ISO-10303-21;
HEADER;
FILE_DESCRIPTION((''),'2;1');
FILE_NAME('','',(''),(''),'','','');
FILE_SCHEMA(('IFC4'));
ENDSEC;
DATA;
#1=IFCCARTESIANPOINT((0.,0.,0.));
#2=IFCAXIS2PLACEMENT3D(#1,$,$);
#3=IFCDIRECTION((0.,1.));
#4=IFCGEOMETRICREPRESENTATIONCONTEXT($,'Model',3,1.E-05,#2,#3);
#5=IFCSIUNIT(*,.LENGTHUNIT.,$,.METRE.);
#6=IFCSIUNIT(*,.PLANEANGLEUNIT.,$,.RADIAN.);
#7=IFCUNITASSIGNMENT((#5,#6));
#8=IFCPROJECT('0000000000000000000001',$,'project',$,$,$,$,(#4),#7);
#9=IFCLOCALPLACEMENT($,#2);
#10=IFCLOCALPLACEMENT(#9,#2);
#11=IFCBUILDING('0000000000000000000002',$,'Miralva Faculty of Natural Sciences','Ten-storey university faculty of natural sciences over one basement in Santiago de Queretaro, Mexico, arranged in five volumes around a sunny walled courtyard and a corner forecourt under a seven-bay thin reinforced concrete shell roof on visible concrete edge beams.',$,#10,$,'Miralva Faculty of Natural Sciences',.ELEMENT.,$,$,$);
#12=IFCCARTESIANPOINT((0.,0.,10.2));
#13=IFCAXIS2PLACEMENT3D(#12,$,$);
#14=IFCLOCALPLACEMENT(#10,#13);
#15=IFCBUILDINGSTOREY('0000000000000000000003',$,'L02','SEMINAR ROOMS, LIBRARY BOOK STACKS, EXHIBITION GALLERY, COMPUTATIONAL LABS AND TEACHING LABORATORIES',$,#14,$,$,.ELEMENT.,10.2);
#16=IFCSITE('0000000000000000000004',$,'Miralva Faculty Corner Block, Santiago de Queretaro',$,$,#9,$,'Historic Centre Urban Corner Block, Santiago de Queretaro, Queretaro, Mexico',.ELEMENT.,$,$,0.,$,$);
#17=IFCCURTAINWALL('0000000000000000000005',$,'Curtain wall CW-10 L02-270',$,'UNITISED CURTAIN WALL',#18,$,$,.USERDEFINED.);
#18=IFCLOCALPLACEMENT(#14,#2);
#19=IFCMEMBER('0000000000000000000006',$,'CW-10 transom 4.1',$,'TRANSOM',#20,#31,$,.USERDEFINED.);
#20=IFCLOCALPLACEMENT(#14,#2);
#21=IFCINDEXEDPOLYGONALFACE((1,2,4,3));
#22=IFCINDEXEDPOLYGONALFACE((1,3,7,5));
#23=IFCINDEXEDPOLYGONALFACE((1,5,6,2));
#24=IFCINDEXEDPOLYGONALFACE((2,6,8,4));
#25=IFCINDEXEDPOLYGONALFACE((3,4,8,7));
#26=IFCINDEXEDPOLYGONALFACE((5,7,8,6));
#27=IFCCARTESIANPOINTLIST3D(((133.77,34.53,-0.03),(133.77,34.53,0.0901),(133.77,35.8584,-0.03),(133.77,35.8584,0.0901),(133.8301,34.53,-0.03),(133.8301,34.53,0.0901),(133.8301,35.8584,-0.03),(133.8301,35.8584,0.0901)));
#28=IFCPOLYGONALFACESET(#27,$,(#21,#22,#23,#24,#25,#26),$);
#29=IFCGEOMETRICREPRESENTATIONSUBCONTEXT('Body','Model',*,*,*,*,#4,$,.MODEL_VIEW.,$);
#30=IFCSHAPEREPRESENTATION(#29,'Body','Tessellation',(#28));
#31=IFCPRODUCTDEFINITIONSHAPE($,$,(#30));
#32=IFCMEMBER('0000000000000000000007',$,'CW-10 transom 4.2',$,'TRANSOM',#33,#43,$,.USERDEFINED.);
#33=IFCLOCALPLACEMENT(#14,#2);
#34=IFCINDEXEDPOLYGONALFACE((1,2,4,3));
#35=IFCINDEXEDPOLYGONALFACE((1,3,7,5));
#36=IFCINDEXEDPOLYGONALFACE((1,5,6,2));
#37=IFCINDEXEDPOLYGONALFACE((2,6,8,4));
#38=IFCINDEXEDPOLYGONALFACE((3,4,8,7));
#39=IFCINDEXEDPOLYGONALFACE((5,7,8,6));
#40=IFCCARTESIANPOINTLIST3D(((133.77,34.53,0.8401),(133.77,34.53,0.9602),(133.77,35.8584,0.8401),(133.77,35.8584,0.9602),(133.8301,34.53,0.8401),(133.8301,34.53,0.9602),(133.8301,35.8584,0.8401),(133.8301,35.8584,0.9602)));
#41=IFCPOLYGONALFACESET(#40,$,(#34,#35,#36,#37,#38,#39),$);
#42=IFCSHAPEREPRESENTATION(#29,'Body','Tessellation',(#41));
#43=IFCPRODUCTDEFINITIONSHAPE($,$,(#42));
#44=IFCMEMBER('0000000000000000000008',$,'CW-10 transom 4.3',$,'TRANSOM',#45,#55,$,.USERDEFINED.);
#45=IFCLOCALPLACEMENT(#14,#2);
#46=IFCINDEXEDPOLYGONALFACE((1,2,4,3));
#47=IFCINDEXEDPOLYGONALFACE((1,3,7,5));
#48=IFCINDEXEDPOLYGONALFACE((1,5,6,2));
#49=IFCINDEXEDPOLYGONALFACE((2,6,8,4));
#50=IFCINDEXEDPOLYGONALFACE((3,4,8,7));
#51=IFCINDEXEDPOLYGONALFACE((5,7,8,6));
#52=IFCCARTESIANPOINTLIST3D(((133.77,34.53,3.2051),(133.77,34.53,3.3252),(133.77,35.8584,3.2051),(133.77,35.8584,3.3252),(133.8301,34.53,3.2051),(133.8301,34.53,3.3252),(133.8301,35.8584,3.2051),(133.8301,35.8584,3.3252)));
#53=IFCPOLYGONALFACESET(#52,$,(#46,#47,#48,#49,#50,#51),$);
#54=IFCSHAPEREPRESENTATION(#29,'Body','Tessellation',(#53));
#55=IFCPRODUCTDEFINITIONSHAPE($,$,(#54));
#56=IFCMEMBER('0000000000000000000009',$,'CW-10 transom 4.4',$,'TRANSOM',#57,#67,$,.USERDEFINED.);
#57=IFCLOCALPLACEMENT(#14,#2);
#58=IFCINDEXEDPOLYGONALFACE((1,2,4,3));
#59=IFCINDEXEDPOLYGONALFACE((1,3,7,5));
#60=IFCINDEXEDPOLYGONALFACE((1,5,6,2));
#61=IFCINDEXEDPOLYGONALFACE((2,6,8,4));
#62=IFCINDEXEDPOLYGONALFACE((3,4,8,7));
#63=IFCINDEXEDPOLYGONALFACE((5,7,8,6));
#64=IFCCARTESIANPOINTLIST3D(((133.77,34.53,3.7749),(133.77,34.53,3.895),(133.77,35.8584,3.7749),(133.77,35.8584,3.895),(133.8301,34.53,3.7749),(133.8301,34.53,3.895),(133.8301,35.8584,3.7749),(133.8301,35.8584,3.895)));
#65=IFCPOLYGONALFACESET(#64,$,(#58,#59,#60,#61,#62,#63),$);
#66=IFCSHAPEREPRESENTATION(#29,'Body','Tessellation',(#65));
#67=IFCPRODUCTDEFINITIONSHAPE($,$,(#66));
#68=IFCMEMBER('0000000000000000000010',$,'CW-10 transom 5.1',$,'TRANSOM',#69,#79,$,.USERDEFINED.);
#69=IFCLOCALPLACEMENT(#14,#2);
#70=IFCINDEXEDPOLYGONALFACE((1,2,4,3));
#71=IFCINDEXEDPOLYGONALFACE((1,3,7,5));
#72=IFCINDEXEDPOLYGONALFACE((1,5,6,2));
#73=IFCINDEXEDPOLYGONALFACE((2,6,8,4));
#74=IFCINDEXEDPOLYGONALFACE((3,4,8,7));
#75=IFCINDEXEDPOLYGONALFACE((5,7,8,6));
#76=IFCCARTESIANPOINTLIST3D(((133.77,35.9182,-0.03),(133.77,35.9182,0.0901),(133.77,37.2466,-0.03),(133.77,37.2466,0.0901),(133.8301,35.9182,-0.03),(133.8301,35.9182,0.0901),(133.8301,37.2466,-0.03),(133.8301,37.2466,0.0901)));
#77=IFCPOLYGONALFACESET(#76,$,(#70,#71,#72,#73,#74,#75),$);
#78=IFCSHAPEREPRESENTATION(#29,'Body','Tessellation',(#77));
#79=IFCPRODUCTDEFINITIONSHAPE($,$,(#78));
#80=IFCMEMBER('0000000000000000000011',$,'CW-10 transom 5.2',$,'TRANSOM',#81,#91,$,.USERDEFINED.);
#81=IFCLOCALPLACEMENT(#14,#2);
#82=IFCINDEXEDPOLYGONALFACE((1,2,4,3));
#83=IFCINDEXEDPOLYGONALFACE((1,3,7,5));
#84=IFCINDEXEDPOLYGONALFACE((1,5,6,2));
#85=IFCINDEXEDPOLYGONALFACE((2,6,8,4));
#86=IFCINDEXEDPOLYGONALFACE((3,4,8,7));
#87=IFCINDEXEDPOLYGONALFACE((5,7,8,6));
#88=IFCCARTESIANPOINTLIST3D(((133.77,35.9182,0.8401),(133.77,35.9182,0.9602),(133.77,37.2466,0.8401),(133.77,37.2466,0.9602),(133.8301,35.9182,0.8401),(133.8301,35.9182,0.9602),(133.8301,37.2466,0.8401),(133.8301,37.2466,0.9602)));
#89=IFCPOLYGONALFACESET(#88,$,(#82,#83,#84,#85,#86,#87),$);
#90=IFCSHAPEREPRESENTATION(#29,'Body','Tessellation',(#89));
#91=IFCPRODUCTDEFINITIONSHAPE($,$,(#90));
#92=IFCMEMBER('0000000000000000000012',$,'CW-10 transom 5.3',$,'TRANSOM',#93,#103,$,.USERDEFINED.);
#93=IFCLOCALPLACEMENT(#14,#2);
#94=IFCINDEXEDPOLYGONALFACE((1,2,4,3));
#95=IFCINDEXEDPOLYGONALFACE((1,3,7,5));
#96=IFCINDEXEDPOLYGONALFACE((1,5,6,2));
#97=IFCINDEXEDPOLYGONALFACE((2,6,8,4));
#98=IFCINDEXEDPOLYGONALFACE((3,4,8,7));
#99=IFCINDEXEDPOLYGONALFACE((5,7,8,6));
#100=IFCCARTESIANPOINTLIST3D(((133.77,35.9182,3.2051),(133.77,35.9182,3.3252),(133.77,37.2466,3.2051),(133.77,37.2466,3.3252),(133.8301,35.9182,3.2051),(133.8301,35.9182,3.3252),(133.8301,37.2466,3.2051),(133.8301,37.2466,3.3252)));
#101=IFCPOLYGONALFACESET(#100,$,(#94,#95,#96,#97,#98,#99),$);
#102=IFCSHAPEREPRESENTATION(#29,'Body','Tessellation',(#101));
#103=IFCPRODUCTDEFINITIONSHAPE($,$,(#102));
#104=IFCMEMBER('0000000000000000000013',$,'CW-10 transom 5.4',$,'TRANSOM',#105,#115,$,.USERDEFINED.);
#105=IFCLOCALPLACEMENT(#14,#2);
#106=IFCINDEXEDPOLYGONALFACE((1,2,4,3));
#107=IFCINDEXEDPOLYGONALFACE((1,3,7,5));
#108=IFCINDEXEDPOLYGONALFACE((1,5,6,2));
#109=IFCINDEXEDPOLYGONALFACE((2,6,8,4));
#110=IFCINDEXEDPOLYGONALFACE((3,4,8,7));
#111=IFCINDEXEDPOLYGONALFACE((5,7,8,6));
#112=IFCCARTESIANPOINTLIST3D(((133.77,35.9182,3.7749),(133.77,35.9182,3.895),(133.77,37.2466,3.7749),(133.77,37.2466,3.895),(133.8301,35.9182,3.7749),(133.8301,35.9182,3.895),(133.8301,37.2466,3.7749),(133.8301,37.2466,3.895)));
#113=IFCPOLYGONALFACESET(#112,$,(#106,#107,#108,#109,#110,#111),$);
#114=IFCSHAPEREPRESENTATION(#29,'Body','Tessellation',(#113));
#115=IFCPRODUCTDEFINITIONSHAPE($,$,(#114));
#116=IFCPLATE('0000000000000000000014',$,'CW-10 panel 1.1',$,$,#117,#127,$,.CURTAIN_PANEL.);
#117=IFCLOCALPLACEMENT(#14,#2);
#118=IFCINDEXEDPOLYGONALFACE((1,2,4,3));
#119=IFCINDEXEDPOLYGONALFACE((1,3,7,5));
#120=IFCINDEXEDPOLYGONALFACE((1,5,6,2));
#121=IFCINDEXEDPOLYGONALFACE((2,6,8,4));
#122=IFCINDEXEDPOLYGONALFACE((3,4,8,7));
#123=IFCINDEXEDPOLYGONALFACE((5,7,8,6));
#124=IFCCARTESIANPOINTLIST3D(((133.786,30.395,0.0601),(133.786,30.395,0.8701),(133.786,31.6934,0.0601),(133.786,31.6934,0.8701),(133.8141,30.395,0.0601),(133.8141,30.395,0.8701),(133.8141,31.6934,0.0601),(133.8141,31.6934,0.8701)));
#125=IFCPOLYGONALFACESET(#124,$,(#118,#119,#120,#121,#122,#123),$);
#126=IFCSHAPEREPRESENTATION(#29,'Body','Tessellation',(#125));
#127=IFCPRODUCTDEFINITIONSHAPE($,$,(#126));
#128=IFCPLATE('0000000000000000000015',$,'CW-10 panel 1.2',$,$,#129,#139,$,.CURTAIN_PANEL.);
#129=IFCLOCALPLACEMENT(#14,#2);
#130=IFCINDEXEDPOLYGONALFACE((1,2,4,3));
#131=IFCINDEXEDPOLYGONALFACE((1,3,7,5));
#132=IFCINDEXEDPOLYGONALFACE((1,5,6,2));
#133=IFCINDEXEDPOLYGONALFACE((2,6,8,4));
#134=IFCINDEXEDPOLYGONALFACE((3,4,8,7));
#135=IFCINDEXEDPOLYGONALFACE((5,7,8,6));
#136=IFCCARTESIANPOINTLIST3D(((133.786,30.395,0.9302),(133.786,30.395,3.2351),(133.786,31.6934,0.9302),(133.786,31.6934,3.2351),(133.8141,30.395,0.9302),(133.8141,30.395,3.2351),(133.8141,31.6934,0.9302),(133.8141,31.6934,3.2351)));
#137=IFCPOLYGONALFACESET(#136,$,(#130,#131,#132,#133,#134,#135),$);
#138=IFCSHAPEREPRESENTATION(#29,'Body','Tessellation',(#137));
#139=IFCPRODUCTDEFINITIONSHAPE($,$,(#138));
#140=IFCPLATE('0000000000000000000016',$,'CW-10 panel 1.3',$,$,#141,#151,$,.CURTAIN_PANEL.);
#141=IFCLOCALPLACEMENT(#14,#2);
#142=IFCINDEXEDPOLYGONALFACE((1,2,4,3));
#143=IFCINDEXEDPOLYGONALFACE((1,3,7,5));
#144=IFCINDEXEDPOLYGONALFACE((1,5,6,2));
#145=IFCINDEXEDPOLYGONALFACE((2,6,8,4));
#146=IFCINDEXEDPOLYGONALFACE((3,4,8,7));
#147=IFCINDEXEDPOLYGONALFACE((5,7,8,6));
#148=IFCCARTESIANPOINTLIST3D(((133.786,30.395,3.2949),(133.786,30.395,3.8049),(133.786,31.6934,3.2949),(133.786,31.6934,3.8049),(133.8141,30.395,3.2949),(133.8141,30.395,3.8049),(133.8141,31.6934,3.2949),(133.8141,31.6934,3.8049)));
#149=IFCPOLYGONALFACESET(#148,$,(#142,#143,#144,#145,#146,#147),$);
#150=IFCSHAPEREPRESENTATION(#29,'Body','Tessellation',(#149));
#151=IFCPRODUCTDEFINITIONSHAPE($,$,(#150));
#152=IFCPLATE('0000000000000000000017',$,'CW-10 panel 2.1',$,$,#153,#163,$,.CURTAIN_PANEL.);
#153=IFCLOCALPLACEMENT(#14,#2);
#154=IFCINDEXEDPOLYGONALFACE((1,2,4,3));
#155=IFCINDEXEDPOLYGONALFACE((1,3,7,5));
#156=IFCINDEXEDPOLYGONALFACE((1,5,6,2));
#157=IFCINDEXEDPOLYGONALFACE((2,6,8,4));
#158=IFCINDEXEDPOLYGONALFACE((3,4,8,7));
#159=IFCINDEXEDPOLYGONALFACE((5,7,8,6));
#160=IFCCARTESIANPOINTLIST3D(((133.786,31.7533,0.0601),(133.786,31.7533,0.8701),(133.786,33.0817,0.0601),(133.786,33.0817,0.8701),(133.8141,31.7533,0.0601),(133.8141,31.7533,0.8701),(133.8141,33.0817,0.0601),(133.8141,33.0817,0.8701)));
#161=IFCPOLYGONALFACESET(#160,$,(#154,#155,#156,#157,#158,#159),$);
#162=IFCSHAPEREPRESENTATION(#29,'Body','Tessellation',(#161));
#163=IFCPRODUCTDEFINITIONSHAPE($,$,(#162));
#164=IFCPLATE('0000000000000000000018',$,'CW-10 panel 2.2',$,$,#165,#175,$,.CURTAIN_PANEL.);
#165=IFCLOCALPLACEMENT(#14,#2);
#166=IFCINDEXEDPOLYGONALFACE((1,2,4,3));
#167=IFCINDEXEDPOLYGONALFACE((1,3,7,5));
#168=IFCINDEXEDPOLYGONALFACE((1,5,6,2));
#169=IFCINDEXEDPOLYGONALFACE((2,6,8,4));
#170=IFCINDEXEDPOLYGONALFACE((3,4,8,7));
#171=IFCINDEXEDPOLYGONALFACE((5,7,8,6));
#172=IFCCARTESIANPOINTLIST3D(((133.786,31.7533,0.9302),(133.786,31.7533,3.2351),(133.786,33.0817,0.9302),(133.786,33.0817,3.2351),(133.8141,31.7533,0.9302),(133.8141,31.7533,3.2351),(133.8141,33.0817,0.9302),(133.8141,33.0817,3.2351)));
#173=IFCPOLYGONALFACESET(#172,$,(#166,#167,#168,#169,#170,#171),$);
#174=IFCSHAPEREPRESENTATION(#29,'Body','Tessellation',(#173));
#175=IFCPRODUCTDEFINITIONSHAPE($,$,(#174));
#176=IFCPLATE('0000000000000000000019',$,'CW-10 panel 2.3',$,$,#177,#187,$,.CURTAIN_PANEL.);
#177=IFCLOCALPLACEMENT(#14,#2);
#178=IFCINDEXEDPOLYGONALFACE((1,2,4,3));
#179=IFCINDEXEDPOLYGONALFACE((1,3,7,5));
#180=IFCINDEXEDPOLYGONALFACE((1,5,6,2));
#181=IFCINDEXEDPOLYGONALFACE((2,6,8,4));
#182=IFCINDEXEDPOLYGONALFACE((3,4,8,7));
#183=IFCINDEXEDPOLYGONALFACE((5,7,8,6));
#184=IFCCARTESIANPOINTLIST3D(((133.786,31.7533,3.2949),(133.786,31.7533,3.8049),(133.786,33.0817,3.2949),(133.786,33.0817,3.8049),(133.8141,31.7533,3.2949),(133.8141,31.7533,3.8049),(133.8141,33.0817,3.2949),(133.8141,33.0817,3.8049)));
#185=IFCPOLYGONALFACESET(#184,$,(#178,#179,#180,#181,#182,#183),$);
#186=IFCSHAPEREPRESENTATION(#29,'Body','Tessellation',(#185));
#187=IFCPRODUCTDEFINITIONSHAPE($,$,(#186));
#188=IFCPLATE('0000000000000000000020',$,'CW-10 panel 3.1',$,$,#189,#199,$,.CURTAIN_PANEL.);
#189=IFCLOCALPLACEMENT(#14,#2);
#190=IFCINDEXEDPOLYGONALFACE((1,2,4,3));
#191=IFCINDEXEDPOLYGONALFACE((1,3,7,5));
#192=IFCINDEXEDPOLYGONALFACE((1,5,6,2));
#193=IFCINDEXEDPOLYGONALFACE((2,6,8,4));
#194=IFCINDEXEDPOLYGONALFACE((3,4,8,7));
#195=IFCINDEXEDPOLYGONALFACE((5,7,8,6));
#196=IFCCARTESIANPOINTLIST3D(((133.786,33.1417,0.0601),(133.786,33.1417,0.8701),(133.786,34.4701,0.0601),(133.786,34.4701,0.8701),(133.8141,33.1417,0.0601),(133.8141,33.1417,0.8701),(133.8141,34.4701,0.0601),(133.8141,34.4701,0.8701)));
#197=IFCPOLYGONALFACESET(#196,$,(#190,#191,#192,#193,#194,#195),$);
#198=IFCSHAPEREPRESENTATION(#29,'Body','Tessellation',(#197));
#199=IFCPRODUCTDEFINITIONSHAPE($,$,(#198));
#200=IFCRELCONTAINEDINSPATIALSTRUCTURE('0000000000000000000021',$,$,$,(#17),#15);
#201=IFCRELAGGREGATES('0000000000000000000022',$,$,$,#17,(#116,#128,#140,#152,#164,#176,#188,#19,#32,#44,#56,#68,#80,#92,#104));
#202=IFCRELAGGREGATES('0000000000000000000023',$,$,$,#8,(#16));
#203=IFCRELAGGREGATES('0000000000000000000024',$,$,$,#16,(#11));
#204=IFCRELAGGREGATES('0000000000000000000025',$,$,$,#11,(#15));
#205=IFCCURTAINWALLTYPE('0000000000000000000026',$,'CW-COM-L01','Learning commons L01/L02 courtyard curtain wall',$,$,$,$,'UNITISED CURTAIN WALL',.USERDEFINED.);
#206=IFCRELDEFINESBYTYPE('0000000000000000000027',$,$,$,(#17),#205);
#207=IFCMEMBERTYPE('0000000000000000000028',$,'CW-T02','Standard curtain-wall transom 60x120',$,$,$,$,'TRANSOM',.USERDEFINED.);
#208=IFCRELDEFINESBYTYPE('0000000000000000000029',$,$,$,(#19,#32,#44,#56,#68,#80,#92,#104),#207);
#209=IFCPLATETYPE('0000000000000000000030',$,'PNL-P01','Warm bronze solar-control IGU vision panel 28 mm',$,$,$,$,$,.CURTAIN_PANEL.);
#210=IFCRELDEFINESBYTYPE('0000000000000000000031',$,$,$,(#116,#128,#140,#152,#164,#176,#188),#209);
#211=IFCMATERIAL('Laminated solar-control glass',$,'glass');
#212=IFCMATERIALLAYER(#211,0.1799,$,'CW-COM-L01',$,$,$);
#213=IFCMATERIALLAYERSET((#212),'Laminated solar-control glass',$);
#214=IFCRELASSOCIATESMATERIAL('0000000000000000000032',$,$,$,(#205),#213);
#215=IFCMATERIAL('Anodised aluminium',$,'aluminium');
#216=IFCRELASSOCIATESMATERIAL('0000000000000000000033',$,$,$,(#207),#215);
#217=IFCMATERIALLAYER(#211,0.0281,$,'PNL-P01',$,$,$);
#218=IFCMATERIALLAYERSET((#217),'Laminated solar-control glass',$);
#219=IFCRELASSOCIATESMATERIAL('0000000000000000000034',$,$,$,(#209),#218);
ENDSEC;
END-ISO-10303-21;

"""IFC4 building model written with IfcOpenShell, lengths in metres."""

from ifc_helpers import new_model, si_unit, direction, frame, origin, origin_2d, place, context, subcontext, project, spatial, rectangle, extrude, material, layer, layer_set, material_profile, profile_set, type_object, element, aggregate, save


model = new_model("IFC4")

# Units and contexts
model_context = context("Model", 3, precision=1e-05, world=origin(), true_north=direction((0.0, 1.0)))
body_context = subcontext(model_context, "Body", "Model", "MODEL_VIEW")
ifc_project = project(units=[si_unit("LENGTHUNIT", "METRE"), si_unit("PLANEANGLEUNIT", "RADIAN")], contexts=[model_context])

# Site, building, storey
site_placement = place(None, origin())
site = spatial("IfcSite", under=ifc_project, at=site_placement, Name="Miralva Faculty Corner Block, Santiago de Queretaro", LongName="Historic Centre Urban Corner Block, Santiago de Queretaro, Queretaro, Mexico", CompositionType="ELEMENT", RefElevation=0.0)
building_placement = place(site_placement, origin())
building = spatial("IfcBuilding", under=site, at=building_placement, Name="Miralva Faculty of Natural Sciences", Description="Ten-storey university faculty of natural sciences over one basement in Santiago de Queretaro, Mexico, arranged in five volumes around a sunny walled courtyard and a corner forecourt under a seven-bay thin reinforced concrete shell roof on visible concrete edge beams.", LongName="Miralva Faculty of Natural Sciences", CompositionType="ELEMENT")
storey_placement = place(building_placement, frame((0.0, 0.0, 10.2)))
storey = spatial("IfcBuildingStorey", under=building, at=storey_placement, Name="L02", Description="SEMINAR ROOMS, LIBRARY BOOK STACKS, EXHIBITION GALLERY, COMPUTATIONAL LABS AND TEACHING LABORATORIES", CompositionType="ELEMENT", Elevation=10.2)

# Curtain wall, members, plates
ifc_material_1 = material(Name="Laminated solar-control glass", Category="glass")
ifc_layer_1 = layer(ifc_material_1, 0.1799, Name="CW-COM-L01")
ifc_layer_set_1 = layer_set([ifc_layer_1], Name="Laminated solar-control glass")
curtain_wall_type = type_object("IfcCurtainWallType", Name="CW-COM-L01", Description="Learning commons L01/L02 courtyard curtain wall", ElementType="UNITISED CURTAIN WALL", PredefinedType="USERDEFINED", material=ifc_layer_set_1)
curtain_wall_placement = place(storey_placement, origin())
curtain_wall = element("IfcCurtainWall", 1, at=curtain_wall_placement, inside=storey, type_object=curtain_wall_type, Name="Curtain wall CW-10 L02-270", ObjectType="UNITISED CURTAIN WALL", PredefinedType="USERDEFINED")
ifc_material_2 = material(Name="Anodised aluminium", Category="aluminium")
ifc_material_profile_1 = material_profile(ifc_material_2, rectangle(XDim=0.0601, YDim=0.1201, at=origin_2d()), Name="TRANSOM 60x120")
ifc_profile_set_1 = profile_set([ifc_material_profile_1], Name="Anodised aluminium")
member_type_1 = type_object("IfcMemberType", Name="CW-T02", Description="Standard curtain-wall transom 60x120", ElementType="TRANSOM", PredefinedType="USERDEFINED", material=ifc_profile_set_1)
member_1_placement = place(storey_placement, frame((133.8, 34.53, 0.03), z_axis=(0.0, 1.0, 0.0), x_axis=(-1.0, 0.0, 0.0)))
member_1 = element("IfcMember", 2, at=member_1_placement, type_object=member_type_1, Name="CW-10 transom 4.1", ObjectType="TRANSOM", PredefinedType="USERDEFINED", context=body_context, shape_type="SweptSolid", body=[
    extrude(rectangle(XDim=0.0601, YDim=0.1201, at=origin_2d()), origin(), (0.0, 0.0, 1.0), 1.3284),
])
member_2_placement = place(storey_placement, frame((133.8, 34.53, 0.9001), z_axis=(0.0, 1.0, 0.0), x_axis=(-1.0, 0.0, 0.0)))
member_2 = element("IfcMember", 3, at=member_2_placement, type_object=member_type_1, Name="CW-10 transom 4.2", ObjectType="TRANSOM", PredefinedType="USERDEFINED", context=body_context, shape_type="SweptSolid", body=[
    extrude(rectangle(XDim=0.0601, YDim=0.1201, at=origin_2d()), origin(), (0.0, 0.0, 1.0), 1.3284),
])
member_3_placement = place(storey_placement, frame((133.8, 34.53, 3.2651), z_axis=(0.0, 1.0, 0.0), x_axis=(-1.0, 0.0, 0.0)))
member_3 = element("IfcMember", 4, at=member_3_placement, type_object=member_type_1, Name="CW-10 transom 4.3", ObjectType="TRANSOM", PredefinedType="USERDEFINED", context=body_context, shape_type="SweptSolid", body=[
    extrude(rectangle(XDim=0.0601, YDim=0.1201, at=origin_2d()), origin(), (0.0, 0.0, 1.0), 1.3284),
])
member_4_placement = place(storey_placement, frame((133.8, 34.53, 3.835), z_axis=(0.0, 1.0, 0.0), x_axis=(-1.0, 0.0, 0.0)))
member_4 = element("IfcMember", 5, at=member_4_placement, type_object=member_type_1, Name="CW-10 transom 4.4", ObjectType="TRANSOM", PredefinedType="USERDEFINED", context=body_context, shape_type="SweptSolid", body=[
    extrude(rectangle(XDim=0.0601, YDim=0.1201, at=origin_2d()), origin(), (0.0, 0.0, 1.0), 1.3284),
])
member_5_placement = place(storey_placement, frame((133.8, 35.9182, 0.03), z_axis=(0.0, 1.0, 0.0), x_axis=(-1.0, 0.0, 0.0)))
member_5 = element("IfcMember", 6, at=member_5_placement, type_object=member_type_1, Name="CW-10 transom 5.1", ObjectType="TRANSOM", PredefinedType="USERDEFINED", context=body_context, shape_type="SweptSolid", body=[
    extrude(rectangle(XDim=0.0601, YDim=0.1201, at=origin_2d()), origin(), (0.0, 0.0, 1.0), 1.3284),
])
member_6_placement = place(storey_placement, frame((133.8, 35.9182, 0.9001), z_axis=(0.0, 1.0, 0.0), x_axis=(-1.0, 0.0, 0.0)))
member_6 = element("IfcMember", 7, at=member_6_placement, type_object=member_type_1, Name="CW-10 transom 5.2", ObjectType="TRANSOM", PredefinedType="USERDEFINED", context=body_context, shape_type="SweptSolid", body=[
    extrude(rectangle(XDim=0.0601, YDim=0.1201, at=origin_2d()), origin(), (0.0, 0.0, 1.0), 1.3284),
])
member_7_placement = place(storey_placement, frame((133.8, 35.9182, 3.2651), z_axis=(0.0, 1.0, 0.0), x_axis=(-1.0, 0.0, 0.0)))
member_7 = element("IfcMember", 8, at=member_7_placement, type_object=member_type_1, Name="CW-10 transom 5.3", ObjectType="TRANSOM", PredefinedType="USERDEFINED", context=body_context, shape_type="SweptSolid", body=[
    extrude(rectangle(XDim=0.0601, YDim=0.1201, at=origin_2d()), origin(), (0.0, 0.0, 1.0), 1.3284),
])
member_8_placement = place(storey_placement, frame((133.8, 35.9182, 3.835), z_axis=(0.0, 1.0, 0.0), x_axis=(-1.0, 0.0, 0.0)))
member_8 = element("IfcMember", 9, at=member_8_placement, type_object=member_type_1, Name="CW-10 transom 5.4", ObjectType="TRANSOM", PredefinedType="USERDEFINED", context=body_context, shape_type="SweptSolid", body=[
    extrude(rectangle(XDim=0.0601, YDim=0.1201, at=origin_2d()), origin(), (0.0, 0.0, 1.0), 1.3284),
])
ifc_layer_2 = layer(ifc_material_1, 0.0281, Name="PNL-P01")
ifc_layer_set_2 = layer_set([ifc_layer_2], Name="Laminated solar-control glass")
plate_type = type_object("IfcPlateType", Name="PNL-P01", Description="Warm bronze solar-control IGU vision panel 28 mm", PredefinedType="CURTAIN_PANEL", material=ifc_layer_set_2)
plate_1_placement = place(storey_placement, frame((133.8, 31.0442, 0.0601), z_axis=(0.0, 0.0, 1.0), x_axis=(0.0, 1.0, 0.0)))
plate_1 = element("IfcPlate", 10, at=plate_1_placement, type_object=plate_type, Name="CW-10 panel 1.1", PredefinedType="CURTAIN_PANEL", context=body_context, shape_type="SweptSolid", body=[
    extrude(rectangle(XDim=1.2983, YDim=0.0281, at=origin_2d()), origin(), (0.0, 0.0, 1.0), 0.8101),
])
plate_2_placement = place(storey_placement, frame((133.8, 31.0442, 0.9302), z_axis=(0.0, 0.0, 1.0), x_axis=(0.0, 1.0, 0.0)))
plate_2 = element("IfcPlate", 11, at=plate_2_placement, type_object=plate_type, Name="CW-10 panel 1.2", PredefinedType="CURTAIN_PANEL", context=body_context, shape_type="SweptSolid", body=[
    extrude(rectangle(XDim=1.2983, YDim=0.0281, at=origin_2d()), origin(), (0.0, 0.0, 1.0), 2.3049),
])
plate_3_placement = place(storey_placement, frame((133.8, 31.0442, 3.2949), z_axis=(0.0, 0.0, 1.0), x_axis=(0.0, 1.0, 0.0)))
plate_3 = element("IfcPlate", 12, at=plate_3_placement, type_object=plate_type, Name="CW-10 panel 1.3", PredefinedType="CURTAIN_PANEL", context=body_context, shape_type="SweptSolid", body=[
    extrude(rectangle(XDim=1.2983, YDim=0.0281, at=origin_2d()), origin(), (0.0, 0.0, 1.0), 0.51),
])
plate_4_placement = place(storey_placement, frame((133.8, 32.4175, 0.0601), z_axis=(0.0, 0.0, 1.0), x_axis=(0.0, 1.0, 0.0)))
plate_4 = element("IfcPlate", 13, at=plate_4_placement, type_object=plate_type, Name="CW-10 panel 2.1", PredefinedType="CURTAIN_PANEL", context=body_context, shape_type="SweptSolid", body=[
    extrude(rectangle(XDim=1.3284, YDim=0.0281, at=origin_2d()), origin(), (0.0, 0.0, 1.0), 0.8101),
])
plate_5_placement = place(storey_placement, frame((133.8, 32.4175, 0.9302), z_axis=(0.0, 0.0, 1.0), x_axis=(0.0, 1.0, 0.0)))
plate_5 = element("IfcPlate", 14, at=plate_5_placement, type_object=plate_type, Name="CW-10 panel 2.2", PredefinedType="CURTAIN_PANEL", context=body_context, shape_type="SweptSolid", body=[
    extrude(rectangle(XDim=1.3284, YDim=0.0281, at=origin_2d()), origin(), (0.0, 0.0, 1.0), 2.3049),
])
plate_6_placement = place(storey_placement, frame((133.8, 32.4175, 3.2949), z_axis=(0.0, 0.0, 1.0), x_axis=(0.0, 1.0, 0.0)))
plate_6 = element("IfcPlate", 15, at=plate_6_placement, type_object=plate_type, Name="CW-10 panel 2.3", PredefinedType="CURTAIN_PANEL", context=body_context, shape_type="SweptSolid", body=[
    extrude(rectangle(XDim=1.3284, YDim=0.0281, at=origin_2d()), origin(), (0.0, 0.0, 1.0), 0.51),
])
plate_7_placement = place(storey_placement, frame((133.8, 33.8059, 0.0601), z_axis=(0.0, 0.0, 1.0), x_axis=(0.0, 1.0, 0.0)))
plate_7 = element("IfcPlate", 16, at=plate_7_placement, type_object=plate_type, Name="CW-10 panel 3.1", PredefinedType="CURTAIN_PANEL", context=body_context, shape_type="SweptSolid", body=[
    extrude(rectangle(XDim=1.3284, YDim=0.0281, at=origin_2d()), origin(), (0.0, 0.0, 1.0), 0.8101),
])
aggregate(curtain_wall, [plate_1, plate_2, plate_3, plate_4, plate_5, plate_6, plate_7, member_1, member_2, member_3, member_4, member_5, member_6, member_7, member_8])

save(model, "model.ifc")
